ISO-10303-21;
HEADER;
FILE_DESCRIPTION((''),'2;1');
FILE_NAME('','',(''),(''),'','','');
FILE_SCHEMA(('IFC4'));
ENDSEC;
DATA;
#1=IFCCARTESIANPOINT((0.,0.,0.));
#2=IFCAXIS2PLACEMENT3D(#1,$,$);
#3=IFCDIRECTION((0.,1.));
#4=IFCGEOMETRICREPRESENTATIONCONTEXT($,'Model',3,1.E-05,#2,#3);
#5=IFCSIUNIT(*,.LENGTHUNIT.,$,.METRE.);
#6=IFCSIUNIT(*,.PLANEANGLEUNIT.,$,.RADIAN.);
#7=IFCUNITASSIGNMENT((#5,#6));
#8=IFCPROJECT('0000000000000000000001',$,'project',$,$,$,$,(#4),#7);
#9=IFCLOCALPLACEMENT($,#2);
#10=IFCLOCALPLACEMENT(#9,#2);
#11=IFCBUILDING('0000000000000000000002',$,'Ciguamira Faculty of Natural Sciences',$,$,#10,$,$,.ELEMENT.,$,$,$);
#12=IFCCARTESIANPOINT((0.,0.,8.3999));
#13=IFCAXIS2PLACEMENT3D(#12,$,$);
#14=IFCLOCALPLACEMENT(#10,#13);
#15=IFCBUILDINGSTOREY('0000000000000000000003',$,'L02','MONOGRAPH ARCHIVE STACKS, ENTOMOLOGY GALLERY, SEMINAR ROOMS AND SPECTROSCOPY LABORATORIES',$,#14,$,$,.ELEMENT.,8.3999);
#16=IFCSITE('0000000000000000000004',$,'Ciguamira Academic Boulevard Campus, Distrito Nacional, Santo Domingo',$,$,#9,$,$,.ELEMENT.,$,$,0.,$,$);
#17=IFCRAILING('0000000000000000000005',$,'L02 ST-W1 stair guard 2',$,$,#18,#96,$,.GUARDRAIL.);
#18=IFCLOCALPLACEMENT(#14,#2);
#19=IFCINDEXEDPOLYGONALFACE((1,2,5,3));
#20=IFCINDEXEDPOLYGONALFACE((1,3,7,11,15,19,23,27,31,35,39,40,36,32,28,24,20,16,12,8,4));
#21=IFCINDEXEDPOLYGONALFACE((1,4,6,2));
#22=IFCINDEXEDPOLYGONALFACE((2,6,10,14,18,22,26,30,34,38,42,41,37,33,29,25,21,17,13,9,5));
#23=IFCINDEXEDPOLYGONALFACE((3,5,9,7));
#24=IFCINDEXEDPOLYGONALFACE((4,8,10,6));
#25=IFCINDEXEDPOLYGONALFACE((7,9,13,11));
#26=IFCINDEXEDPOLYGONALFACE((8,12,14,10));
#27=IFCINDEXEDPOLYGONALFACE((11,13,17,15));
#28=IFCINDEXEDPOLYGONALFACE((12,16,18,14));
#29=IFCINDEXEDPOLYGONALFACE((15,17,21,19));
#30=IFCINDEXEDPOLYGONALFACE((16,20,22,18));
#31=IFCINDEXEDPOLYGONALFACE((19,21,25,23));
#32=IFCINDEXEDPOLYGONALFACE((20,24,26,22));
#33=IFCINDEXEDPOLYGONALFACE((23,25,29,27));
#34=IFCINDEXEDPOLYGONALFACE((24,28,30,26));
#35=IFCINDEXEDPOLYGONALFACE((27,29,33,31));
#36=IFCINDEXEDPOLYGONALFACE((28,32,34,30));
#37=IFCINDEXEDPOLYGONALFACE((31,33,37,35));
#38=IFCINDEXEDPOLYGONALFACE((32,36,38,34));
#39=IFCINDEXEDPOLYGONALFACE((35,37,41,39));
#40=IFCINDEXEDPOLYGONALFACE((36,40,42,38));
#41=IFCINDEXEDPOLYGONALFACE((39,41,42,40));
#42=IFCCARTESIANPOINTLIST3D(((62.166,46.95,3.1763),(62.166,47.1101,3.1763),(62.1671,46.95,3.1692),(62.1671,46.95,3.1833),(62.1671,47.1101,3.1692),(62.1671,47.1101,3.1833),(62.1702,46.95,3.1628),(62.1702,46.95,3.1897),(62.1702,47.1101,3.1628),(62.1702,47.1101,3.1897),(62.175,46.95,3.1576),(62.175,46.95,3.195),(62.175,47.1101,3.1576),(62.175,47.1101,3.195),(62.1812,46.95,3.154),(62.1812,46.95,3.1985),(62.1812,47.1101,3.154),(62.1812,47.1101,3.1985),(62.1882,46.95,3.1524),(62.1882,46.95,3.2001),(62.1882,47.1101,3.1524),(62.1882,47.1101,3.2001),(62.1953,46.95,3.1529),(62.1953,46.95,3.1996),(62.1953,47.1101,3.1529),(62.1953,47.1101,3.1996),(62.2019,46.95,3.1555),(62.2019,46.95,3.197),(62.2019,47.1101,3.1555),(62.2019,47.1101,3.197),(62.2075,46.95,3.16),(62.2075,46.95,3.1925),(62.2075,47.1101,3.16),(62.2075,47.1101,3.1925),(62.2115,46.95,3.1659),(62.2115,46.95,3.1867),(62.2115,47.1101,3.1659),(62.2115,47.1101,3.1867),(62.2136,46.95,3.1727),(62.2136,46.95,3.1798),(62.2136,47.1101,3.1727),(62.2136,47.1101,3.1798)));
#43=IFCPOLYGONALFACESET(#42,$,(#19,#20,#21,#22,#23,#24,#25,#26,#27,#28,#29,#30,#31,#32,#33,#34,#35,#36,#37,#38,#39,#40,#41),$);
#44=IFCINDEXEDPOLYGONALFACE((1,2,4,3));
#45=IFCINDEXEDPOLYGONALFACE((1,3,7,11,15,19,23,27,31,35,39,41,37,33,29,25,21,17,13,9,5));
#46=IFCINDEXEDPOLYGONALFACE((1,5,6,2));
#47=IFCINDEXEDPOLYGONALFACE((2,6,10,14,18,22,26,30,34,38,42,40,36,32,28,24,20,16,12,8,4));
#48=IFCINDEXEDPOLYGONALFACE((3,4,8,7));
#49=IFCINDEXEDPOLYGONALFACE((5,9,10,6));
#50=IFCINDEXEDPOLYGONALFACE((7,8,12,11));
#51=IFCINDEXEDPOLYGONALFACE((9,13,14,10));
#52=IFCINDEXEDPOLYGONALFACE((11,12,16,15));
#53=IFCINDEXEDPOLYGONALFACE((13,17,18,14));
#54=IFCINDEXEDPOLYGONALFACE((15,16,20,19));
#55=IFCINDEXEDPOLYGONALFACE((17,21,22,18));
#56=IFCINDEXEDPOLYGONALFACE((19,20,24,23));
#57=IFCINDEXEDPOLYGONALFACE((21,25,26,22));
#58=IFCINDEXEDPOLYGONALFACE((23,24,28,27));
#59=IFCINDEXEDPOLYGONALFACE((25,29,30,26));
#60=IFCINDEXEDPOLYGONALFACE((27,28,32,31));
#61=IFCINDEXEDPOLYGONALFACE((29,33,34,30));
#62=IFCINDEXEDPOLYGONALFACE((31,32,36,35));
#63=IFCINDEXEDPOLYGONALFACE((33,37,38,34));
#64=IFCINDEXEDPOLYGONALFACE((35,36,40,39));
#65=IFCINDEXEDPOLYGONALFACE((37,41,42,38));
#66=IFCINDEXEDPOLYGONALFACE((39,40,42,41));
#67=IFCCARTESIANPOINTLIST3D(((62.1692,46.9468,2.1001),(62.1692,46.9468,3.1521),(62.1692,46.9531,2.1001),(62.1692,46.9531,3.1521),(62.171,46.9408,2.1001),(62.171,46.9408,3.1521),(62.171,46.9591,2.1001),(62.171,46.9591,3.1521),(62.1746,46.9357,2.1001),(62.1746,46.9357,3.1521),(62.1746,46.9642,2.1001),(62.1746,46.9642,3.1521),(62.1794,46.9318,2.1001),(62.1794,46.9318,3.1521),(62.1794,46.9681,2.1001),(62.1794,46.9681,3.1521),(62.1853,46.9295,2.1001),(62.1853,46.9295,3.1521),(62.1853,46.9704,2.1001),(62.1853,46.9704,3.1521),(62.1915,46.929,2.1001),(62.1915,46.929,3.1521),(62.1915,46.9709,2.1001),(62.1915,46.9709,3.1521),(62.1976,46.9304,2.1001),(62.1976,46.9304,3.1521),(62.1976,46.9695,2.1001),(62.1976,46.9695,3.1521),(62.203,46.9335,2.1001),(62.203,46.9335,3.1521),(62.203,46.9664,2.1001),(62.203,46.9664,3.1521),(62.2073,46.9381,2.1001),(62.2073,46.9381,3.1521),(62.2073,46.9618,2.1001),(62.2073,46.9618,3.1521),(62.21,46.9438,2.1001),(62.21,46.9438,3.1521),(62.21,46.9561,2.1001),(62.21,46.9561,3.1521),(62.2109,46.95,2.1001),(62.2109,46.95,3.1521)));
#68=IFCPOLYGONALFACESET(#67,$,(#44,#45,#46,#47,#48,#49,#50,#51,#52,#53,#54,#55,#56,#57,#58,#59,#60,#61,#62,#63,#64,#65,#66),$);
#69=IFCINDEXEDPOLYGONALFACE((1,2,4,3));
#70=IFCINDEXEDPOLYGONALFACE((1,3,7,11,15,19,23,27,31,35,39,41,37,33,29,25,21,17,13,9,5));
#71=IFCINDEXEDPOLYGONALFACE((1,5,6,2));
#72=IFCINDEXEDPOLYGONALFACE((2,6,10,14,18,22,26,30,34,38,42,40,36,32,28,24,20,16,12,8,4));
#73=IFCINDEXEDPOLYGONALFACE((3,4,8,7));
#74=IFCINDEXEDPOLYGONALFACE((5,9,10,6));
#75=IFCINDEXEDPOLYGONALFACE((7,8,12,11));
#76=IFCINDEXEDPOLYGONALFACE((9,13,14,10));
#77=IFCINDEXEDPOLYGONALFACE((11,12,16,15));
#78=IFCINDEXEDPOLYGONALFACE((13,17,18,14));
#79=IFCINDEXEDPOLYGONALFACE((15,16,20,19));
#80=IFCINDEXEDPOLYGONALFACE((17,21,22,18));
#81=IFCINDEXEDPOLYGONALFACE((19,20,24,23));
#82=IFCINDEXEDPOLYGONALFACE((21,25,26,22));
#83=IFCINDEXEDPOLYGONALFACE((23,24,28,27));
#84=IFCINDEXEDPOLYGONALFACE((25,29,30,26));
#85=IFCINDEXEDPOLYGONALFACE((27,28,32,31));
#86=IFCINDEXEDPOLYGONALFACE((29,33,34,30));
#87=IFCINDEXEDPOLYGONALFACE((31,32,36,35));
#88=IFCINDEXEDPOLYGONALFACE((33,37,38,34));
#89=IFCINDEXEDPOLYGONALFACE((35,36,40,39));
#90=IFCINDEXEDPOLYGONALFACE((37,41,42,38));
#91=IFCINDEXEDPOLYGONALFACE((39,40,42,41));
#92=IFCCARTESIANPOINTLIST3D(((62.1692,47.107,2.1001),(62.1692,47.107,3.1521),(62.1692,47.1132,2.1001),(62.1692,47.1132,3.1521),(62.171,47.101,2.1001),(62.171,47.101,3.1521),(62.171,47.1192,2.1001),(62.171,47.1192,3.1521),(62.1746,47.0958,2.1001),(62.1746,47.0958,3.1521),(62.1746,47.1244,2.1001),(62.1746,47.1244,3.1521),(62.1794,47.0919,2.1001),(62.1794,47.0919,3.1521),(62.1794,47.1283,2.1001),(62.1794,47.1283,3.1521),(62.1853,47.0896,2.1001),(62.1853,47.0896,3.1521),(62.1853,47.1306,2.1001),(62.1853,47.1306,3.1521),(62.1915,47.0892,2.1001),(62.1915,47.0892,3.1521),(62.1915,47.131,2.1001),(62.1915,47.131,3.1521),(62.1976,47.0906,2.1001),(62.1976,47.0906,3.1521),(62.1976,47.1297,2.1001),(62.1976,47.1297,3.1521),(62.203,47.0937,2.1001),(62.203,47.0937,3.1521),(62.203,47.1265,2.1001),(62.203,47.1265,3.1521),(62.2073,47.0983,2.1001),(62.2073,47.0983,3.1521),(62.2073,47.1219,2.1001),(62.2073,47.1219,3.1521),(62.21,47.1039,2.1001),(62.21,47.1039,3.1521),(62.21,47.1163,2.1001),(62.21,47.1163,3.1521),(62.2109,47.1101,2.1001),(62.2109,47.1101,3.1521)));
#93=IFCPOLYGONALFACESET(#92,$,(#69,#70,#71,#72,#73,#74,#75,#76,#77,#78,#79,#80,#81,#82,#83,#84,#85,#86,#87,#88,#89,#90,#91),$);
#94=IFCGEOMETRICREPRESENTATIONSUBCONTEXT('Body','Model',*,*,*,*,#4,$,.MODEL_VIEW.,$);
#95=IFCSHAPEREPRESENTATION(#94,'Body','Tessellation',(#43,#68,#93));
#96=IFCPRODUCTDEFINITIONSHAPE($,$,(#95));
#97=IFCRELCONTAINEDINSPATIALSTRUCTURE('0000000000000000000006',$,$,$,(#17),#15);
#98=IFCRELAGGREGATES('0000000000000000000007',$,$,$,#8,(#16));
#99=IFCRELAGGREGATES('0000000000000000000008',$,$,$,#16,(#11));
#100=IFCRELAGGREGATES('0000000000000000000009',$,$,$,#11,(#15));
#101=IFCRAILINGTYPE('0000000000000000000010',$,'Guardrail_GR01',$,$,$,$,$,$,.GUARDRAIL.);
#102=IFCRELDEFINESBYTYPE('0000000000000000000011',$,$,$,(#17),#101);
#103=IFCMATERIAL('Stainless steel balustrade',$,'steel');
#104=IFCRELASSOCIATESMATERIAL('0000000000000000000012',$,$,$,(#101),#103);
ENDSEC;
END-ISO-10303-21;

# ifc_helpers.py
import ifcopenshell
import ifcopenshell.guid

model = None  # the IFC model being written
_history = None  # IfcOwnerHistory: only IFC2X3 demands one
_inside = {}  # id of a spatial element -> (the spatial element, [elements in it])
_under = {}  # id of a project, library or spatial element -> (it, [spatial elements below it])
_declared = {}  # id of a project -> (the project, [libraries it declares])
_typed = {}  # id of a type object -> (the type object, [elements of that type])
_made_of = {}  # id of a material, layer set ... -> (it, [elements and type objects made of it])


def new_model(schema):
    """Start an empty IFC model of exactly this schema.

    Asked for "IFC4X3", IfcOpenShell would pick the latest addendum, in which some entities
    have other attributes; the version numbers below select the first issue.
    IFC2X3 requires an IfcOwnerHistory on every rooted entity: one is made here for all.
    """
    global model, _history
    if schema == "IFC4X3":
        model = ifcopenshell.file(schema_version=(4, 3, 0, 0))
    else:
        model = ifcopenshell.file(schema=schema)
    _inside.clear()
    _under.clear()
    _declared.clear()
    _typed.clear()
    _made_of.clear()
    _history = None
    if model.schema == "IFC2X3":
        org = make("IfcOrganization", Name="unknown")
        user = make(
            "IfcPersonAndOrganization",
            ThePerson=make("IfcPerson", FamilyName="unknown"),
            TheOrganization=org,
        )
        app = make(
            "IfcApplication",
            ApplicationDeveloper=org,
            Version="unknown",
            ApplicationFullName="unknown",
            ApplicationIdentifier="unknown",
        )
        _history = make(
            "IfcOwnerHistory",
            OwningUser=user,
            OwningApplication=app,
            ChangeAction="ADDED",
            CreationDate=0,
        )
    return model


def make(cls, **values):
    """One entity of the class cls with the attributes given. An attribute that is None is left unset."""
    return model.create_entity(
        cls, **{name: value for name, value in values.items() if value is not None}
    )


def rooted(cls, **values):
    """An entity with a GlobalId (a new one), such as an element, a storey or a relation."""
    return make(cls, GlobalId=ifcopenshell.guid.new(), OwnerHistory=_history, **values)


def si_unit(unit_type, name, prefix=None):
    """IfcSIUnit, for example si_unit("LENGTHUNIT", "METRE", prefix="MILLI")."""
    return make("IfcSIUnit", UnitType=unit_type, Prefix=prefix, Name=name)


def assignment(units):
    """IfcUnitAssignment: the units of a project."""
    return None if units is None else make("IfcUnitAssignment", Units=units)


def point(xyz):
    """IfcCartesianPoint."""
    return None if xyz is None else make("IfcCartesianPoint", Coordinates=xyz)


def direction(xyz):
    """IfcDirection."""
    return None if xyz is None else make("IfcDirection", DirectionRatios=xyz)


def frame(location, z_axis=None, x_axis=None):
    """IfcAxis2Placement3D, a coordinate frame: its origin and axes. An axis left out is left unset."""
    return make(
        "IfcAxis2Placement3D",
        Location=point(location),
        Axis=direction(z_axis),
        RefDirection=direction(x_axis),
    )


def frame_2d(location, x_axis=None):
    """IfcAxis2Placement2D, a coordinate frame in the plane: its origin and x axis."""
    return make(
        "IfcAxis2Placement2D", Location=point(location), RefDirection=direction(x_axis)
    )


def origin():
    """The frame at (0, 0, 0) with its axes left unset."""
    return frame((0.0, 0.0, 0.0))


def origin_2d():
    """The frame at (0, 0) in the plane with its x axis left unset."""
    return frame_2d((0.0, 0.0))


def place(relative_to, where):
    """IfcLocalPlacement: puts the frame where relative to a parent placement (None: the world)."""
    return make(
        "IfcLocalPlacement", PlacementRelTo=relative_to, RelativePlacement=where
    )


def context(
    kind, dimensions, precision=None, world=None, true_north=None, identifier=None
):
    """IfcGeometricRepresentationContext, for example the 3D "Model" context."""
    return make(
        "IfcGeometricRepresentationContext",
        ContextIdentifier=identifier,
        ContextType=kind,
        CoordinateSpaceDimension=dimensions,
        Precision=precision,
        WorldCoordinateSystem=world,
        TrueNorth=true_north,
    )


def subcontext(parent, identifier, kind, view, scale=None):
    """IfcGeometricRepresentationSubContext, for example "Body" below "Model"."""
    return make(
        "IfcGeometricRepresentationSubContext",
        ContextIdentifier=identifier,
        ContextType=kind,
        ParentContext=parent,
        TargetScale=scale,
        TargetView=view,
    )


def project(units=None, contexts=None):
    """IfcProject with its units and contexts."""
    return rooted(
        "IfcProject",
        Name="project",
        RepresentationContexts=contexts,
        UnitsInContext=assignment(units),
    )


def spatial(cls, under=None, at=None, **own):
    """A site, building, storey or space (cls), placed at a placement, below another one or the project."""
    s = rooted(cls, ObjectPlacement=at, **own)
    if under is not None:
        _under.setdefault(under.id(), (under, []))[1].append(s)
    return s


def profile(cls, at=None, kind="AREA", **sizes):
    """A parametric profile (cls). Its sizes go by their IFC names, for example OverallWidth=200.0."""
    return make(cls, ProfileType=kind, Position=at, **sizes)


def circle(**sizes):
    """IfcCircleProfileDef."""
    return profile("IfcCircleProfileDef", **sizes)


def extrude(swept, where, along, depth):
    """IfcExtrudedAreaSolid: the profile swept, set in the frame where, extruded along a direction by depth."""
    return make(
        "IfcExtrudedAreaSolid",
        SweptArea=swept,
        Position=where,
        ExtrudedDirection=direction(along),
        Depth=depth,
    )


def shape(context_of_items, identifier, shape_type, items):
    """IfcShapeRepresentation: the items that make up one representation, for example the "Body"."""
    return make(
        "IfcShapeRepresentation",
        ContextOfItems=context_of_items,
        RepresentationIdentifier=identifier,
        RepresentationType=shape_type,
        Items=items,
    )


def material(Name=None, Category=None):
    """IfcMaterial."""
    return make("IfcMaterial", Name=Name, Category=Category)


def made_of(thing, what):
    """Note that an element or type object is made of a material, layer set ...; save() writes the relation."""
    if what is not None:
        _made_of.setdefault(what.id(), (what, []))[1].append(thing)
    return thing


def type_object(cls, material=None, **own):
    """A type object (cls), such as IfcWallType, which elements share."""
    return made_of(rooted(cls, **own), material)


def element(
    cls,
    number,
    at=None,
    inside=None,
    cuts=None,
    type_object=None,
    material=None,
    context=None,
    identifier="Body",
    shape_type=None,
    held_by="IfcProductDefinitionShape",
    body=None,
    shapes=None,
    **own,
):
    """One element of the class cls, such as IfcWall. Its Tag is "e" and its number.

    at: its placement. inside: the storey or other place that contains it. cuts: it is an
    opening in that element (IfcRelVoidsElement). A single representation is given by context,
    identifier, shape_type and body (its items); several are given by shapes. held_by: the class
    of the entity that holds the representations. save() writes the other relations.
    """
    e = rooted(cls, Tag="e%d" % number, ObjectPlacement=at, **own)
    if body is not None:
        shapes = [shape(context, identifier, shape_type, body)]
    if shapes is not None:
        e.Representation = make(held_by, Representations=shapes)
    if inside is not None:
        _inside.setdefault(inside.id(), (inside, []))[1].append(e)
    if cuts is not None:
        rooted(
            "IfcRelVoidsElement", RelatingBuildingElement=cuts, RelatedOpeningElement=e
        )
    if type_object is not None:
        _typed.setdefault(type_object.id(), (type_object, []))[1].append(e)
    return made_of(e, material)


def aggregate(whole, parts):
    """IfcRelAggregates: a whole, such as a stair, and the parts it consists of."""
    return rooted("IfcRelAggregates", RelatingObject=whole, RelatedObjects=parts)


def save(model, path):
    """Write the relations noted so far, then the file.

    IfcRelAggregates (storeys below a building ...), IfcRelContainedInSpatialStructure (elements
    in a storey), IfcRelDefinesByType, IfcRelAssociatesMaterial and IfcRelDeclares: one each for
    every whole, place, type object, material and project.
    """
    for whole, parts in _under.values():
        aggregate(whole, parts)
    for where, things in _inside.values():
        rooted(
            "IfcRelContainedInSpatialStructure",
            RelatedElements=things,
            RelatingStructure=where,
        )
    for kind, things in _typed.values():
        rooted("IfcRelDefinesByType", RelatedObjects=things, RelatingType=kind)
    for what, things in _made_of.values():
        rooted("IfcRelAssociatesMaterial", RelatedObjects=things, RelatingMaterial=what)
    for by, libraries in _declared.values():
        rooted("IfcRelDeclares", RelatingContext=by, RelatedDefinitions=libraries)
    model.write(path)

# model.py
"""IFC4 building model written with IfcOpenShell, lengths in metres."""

from ifc_helpers import new_model, si_unit, direction, frame, origin, origin_2d, place, context, subcontext, project, spatial, circle, extrude, material, type_object, element, save


model = new_model("IFC4")

# Units and contexts
model_context = context("Model", 3, precision=1e-05, world=origin(), true_north=direction((0.0, 1.0)))
body_context = subcontext(model_context, "Body", "Model", "MODEL_VIEW")
ifc_project = project(units=[si_unit("LENGTHUNIT", "METRE"), si_unit("PLANEANGLEUNIT", "RADIAN")], contexts=[model_context])

# Site, building, storey
site_placement = place(None, origin())
site = spatial("IfcSite", under=ifc_project, at=site_placement, Name="Ciguamira Academic Boulevard Campus, Distrito Nacional, Santo Domingo", CompositionType="ELEMENT", RefElevation=0.0)
building_placement = place(site_placement, origin())
building = spatial("IfcBuilding", under=site, at=building_placement, Name="Ciguamira Faculty of Natural Sciences", CompositionType="ELEMENT")
storey_placement = place(building_placement, frame((0.0, 0.0, 8.3999)))
storey = spatial("IfcBuildingStorey", under=building, at=storey_placement, Name="L02", Description="MONOGRAPH ARCHIVE STACKS, ENTOMOLOGY GALLERY, SEMINAR ROOMS AND SPECTROSCOPY LABORATORIES", CompositionType="ELEMENT", Elevation=8.3999)

# Railing
ifc_material_1 = material(Name="Stainless steel balustrade", Category="steel")
railing_type_1 = type_object("IfcRailingType", Name="Guardrail_GR01", PredefinedType="GUARDRAIL", material=ifc_material_1)
railing_1_placement = place(storey_placement, frame((62.1899, 46.95, 2.1001)))
element("IfcRailing", 1, at=railing_1_placement, inside=storey, type_object=railing_type_1, Name="L02 ST-W1 stair guard 2", PredefinedType="GUARDRAIL", context=body_context, shape_type="SweptSolid", body=[
    extrude(circle(Radius=0.0239, at=origin_2d()), frame((0.0, 0.0, 1.0762), z_axis=(0.0, 1.0, 0.0), x_axis=(-1.0, 0.0, 0.0)), (0.0, 0.0, 1.0), 0.1602),
    extrude(circle(Radius=0.021, at=origin_2d()), origin(), (0.0, 0.0, 1.0), 1.052),
    extrude(circle(Radius=0.021, at=origin_2d()), frame((0.0, 0.1602, 0.0)), (0.0, 0.0, 1.0), 1.052),
])

save(model, "model.ifc")
